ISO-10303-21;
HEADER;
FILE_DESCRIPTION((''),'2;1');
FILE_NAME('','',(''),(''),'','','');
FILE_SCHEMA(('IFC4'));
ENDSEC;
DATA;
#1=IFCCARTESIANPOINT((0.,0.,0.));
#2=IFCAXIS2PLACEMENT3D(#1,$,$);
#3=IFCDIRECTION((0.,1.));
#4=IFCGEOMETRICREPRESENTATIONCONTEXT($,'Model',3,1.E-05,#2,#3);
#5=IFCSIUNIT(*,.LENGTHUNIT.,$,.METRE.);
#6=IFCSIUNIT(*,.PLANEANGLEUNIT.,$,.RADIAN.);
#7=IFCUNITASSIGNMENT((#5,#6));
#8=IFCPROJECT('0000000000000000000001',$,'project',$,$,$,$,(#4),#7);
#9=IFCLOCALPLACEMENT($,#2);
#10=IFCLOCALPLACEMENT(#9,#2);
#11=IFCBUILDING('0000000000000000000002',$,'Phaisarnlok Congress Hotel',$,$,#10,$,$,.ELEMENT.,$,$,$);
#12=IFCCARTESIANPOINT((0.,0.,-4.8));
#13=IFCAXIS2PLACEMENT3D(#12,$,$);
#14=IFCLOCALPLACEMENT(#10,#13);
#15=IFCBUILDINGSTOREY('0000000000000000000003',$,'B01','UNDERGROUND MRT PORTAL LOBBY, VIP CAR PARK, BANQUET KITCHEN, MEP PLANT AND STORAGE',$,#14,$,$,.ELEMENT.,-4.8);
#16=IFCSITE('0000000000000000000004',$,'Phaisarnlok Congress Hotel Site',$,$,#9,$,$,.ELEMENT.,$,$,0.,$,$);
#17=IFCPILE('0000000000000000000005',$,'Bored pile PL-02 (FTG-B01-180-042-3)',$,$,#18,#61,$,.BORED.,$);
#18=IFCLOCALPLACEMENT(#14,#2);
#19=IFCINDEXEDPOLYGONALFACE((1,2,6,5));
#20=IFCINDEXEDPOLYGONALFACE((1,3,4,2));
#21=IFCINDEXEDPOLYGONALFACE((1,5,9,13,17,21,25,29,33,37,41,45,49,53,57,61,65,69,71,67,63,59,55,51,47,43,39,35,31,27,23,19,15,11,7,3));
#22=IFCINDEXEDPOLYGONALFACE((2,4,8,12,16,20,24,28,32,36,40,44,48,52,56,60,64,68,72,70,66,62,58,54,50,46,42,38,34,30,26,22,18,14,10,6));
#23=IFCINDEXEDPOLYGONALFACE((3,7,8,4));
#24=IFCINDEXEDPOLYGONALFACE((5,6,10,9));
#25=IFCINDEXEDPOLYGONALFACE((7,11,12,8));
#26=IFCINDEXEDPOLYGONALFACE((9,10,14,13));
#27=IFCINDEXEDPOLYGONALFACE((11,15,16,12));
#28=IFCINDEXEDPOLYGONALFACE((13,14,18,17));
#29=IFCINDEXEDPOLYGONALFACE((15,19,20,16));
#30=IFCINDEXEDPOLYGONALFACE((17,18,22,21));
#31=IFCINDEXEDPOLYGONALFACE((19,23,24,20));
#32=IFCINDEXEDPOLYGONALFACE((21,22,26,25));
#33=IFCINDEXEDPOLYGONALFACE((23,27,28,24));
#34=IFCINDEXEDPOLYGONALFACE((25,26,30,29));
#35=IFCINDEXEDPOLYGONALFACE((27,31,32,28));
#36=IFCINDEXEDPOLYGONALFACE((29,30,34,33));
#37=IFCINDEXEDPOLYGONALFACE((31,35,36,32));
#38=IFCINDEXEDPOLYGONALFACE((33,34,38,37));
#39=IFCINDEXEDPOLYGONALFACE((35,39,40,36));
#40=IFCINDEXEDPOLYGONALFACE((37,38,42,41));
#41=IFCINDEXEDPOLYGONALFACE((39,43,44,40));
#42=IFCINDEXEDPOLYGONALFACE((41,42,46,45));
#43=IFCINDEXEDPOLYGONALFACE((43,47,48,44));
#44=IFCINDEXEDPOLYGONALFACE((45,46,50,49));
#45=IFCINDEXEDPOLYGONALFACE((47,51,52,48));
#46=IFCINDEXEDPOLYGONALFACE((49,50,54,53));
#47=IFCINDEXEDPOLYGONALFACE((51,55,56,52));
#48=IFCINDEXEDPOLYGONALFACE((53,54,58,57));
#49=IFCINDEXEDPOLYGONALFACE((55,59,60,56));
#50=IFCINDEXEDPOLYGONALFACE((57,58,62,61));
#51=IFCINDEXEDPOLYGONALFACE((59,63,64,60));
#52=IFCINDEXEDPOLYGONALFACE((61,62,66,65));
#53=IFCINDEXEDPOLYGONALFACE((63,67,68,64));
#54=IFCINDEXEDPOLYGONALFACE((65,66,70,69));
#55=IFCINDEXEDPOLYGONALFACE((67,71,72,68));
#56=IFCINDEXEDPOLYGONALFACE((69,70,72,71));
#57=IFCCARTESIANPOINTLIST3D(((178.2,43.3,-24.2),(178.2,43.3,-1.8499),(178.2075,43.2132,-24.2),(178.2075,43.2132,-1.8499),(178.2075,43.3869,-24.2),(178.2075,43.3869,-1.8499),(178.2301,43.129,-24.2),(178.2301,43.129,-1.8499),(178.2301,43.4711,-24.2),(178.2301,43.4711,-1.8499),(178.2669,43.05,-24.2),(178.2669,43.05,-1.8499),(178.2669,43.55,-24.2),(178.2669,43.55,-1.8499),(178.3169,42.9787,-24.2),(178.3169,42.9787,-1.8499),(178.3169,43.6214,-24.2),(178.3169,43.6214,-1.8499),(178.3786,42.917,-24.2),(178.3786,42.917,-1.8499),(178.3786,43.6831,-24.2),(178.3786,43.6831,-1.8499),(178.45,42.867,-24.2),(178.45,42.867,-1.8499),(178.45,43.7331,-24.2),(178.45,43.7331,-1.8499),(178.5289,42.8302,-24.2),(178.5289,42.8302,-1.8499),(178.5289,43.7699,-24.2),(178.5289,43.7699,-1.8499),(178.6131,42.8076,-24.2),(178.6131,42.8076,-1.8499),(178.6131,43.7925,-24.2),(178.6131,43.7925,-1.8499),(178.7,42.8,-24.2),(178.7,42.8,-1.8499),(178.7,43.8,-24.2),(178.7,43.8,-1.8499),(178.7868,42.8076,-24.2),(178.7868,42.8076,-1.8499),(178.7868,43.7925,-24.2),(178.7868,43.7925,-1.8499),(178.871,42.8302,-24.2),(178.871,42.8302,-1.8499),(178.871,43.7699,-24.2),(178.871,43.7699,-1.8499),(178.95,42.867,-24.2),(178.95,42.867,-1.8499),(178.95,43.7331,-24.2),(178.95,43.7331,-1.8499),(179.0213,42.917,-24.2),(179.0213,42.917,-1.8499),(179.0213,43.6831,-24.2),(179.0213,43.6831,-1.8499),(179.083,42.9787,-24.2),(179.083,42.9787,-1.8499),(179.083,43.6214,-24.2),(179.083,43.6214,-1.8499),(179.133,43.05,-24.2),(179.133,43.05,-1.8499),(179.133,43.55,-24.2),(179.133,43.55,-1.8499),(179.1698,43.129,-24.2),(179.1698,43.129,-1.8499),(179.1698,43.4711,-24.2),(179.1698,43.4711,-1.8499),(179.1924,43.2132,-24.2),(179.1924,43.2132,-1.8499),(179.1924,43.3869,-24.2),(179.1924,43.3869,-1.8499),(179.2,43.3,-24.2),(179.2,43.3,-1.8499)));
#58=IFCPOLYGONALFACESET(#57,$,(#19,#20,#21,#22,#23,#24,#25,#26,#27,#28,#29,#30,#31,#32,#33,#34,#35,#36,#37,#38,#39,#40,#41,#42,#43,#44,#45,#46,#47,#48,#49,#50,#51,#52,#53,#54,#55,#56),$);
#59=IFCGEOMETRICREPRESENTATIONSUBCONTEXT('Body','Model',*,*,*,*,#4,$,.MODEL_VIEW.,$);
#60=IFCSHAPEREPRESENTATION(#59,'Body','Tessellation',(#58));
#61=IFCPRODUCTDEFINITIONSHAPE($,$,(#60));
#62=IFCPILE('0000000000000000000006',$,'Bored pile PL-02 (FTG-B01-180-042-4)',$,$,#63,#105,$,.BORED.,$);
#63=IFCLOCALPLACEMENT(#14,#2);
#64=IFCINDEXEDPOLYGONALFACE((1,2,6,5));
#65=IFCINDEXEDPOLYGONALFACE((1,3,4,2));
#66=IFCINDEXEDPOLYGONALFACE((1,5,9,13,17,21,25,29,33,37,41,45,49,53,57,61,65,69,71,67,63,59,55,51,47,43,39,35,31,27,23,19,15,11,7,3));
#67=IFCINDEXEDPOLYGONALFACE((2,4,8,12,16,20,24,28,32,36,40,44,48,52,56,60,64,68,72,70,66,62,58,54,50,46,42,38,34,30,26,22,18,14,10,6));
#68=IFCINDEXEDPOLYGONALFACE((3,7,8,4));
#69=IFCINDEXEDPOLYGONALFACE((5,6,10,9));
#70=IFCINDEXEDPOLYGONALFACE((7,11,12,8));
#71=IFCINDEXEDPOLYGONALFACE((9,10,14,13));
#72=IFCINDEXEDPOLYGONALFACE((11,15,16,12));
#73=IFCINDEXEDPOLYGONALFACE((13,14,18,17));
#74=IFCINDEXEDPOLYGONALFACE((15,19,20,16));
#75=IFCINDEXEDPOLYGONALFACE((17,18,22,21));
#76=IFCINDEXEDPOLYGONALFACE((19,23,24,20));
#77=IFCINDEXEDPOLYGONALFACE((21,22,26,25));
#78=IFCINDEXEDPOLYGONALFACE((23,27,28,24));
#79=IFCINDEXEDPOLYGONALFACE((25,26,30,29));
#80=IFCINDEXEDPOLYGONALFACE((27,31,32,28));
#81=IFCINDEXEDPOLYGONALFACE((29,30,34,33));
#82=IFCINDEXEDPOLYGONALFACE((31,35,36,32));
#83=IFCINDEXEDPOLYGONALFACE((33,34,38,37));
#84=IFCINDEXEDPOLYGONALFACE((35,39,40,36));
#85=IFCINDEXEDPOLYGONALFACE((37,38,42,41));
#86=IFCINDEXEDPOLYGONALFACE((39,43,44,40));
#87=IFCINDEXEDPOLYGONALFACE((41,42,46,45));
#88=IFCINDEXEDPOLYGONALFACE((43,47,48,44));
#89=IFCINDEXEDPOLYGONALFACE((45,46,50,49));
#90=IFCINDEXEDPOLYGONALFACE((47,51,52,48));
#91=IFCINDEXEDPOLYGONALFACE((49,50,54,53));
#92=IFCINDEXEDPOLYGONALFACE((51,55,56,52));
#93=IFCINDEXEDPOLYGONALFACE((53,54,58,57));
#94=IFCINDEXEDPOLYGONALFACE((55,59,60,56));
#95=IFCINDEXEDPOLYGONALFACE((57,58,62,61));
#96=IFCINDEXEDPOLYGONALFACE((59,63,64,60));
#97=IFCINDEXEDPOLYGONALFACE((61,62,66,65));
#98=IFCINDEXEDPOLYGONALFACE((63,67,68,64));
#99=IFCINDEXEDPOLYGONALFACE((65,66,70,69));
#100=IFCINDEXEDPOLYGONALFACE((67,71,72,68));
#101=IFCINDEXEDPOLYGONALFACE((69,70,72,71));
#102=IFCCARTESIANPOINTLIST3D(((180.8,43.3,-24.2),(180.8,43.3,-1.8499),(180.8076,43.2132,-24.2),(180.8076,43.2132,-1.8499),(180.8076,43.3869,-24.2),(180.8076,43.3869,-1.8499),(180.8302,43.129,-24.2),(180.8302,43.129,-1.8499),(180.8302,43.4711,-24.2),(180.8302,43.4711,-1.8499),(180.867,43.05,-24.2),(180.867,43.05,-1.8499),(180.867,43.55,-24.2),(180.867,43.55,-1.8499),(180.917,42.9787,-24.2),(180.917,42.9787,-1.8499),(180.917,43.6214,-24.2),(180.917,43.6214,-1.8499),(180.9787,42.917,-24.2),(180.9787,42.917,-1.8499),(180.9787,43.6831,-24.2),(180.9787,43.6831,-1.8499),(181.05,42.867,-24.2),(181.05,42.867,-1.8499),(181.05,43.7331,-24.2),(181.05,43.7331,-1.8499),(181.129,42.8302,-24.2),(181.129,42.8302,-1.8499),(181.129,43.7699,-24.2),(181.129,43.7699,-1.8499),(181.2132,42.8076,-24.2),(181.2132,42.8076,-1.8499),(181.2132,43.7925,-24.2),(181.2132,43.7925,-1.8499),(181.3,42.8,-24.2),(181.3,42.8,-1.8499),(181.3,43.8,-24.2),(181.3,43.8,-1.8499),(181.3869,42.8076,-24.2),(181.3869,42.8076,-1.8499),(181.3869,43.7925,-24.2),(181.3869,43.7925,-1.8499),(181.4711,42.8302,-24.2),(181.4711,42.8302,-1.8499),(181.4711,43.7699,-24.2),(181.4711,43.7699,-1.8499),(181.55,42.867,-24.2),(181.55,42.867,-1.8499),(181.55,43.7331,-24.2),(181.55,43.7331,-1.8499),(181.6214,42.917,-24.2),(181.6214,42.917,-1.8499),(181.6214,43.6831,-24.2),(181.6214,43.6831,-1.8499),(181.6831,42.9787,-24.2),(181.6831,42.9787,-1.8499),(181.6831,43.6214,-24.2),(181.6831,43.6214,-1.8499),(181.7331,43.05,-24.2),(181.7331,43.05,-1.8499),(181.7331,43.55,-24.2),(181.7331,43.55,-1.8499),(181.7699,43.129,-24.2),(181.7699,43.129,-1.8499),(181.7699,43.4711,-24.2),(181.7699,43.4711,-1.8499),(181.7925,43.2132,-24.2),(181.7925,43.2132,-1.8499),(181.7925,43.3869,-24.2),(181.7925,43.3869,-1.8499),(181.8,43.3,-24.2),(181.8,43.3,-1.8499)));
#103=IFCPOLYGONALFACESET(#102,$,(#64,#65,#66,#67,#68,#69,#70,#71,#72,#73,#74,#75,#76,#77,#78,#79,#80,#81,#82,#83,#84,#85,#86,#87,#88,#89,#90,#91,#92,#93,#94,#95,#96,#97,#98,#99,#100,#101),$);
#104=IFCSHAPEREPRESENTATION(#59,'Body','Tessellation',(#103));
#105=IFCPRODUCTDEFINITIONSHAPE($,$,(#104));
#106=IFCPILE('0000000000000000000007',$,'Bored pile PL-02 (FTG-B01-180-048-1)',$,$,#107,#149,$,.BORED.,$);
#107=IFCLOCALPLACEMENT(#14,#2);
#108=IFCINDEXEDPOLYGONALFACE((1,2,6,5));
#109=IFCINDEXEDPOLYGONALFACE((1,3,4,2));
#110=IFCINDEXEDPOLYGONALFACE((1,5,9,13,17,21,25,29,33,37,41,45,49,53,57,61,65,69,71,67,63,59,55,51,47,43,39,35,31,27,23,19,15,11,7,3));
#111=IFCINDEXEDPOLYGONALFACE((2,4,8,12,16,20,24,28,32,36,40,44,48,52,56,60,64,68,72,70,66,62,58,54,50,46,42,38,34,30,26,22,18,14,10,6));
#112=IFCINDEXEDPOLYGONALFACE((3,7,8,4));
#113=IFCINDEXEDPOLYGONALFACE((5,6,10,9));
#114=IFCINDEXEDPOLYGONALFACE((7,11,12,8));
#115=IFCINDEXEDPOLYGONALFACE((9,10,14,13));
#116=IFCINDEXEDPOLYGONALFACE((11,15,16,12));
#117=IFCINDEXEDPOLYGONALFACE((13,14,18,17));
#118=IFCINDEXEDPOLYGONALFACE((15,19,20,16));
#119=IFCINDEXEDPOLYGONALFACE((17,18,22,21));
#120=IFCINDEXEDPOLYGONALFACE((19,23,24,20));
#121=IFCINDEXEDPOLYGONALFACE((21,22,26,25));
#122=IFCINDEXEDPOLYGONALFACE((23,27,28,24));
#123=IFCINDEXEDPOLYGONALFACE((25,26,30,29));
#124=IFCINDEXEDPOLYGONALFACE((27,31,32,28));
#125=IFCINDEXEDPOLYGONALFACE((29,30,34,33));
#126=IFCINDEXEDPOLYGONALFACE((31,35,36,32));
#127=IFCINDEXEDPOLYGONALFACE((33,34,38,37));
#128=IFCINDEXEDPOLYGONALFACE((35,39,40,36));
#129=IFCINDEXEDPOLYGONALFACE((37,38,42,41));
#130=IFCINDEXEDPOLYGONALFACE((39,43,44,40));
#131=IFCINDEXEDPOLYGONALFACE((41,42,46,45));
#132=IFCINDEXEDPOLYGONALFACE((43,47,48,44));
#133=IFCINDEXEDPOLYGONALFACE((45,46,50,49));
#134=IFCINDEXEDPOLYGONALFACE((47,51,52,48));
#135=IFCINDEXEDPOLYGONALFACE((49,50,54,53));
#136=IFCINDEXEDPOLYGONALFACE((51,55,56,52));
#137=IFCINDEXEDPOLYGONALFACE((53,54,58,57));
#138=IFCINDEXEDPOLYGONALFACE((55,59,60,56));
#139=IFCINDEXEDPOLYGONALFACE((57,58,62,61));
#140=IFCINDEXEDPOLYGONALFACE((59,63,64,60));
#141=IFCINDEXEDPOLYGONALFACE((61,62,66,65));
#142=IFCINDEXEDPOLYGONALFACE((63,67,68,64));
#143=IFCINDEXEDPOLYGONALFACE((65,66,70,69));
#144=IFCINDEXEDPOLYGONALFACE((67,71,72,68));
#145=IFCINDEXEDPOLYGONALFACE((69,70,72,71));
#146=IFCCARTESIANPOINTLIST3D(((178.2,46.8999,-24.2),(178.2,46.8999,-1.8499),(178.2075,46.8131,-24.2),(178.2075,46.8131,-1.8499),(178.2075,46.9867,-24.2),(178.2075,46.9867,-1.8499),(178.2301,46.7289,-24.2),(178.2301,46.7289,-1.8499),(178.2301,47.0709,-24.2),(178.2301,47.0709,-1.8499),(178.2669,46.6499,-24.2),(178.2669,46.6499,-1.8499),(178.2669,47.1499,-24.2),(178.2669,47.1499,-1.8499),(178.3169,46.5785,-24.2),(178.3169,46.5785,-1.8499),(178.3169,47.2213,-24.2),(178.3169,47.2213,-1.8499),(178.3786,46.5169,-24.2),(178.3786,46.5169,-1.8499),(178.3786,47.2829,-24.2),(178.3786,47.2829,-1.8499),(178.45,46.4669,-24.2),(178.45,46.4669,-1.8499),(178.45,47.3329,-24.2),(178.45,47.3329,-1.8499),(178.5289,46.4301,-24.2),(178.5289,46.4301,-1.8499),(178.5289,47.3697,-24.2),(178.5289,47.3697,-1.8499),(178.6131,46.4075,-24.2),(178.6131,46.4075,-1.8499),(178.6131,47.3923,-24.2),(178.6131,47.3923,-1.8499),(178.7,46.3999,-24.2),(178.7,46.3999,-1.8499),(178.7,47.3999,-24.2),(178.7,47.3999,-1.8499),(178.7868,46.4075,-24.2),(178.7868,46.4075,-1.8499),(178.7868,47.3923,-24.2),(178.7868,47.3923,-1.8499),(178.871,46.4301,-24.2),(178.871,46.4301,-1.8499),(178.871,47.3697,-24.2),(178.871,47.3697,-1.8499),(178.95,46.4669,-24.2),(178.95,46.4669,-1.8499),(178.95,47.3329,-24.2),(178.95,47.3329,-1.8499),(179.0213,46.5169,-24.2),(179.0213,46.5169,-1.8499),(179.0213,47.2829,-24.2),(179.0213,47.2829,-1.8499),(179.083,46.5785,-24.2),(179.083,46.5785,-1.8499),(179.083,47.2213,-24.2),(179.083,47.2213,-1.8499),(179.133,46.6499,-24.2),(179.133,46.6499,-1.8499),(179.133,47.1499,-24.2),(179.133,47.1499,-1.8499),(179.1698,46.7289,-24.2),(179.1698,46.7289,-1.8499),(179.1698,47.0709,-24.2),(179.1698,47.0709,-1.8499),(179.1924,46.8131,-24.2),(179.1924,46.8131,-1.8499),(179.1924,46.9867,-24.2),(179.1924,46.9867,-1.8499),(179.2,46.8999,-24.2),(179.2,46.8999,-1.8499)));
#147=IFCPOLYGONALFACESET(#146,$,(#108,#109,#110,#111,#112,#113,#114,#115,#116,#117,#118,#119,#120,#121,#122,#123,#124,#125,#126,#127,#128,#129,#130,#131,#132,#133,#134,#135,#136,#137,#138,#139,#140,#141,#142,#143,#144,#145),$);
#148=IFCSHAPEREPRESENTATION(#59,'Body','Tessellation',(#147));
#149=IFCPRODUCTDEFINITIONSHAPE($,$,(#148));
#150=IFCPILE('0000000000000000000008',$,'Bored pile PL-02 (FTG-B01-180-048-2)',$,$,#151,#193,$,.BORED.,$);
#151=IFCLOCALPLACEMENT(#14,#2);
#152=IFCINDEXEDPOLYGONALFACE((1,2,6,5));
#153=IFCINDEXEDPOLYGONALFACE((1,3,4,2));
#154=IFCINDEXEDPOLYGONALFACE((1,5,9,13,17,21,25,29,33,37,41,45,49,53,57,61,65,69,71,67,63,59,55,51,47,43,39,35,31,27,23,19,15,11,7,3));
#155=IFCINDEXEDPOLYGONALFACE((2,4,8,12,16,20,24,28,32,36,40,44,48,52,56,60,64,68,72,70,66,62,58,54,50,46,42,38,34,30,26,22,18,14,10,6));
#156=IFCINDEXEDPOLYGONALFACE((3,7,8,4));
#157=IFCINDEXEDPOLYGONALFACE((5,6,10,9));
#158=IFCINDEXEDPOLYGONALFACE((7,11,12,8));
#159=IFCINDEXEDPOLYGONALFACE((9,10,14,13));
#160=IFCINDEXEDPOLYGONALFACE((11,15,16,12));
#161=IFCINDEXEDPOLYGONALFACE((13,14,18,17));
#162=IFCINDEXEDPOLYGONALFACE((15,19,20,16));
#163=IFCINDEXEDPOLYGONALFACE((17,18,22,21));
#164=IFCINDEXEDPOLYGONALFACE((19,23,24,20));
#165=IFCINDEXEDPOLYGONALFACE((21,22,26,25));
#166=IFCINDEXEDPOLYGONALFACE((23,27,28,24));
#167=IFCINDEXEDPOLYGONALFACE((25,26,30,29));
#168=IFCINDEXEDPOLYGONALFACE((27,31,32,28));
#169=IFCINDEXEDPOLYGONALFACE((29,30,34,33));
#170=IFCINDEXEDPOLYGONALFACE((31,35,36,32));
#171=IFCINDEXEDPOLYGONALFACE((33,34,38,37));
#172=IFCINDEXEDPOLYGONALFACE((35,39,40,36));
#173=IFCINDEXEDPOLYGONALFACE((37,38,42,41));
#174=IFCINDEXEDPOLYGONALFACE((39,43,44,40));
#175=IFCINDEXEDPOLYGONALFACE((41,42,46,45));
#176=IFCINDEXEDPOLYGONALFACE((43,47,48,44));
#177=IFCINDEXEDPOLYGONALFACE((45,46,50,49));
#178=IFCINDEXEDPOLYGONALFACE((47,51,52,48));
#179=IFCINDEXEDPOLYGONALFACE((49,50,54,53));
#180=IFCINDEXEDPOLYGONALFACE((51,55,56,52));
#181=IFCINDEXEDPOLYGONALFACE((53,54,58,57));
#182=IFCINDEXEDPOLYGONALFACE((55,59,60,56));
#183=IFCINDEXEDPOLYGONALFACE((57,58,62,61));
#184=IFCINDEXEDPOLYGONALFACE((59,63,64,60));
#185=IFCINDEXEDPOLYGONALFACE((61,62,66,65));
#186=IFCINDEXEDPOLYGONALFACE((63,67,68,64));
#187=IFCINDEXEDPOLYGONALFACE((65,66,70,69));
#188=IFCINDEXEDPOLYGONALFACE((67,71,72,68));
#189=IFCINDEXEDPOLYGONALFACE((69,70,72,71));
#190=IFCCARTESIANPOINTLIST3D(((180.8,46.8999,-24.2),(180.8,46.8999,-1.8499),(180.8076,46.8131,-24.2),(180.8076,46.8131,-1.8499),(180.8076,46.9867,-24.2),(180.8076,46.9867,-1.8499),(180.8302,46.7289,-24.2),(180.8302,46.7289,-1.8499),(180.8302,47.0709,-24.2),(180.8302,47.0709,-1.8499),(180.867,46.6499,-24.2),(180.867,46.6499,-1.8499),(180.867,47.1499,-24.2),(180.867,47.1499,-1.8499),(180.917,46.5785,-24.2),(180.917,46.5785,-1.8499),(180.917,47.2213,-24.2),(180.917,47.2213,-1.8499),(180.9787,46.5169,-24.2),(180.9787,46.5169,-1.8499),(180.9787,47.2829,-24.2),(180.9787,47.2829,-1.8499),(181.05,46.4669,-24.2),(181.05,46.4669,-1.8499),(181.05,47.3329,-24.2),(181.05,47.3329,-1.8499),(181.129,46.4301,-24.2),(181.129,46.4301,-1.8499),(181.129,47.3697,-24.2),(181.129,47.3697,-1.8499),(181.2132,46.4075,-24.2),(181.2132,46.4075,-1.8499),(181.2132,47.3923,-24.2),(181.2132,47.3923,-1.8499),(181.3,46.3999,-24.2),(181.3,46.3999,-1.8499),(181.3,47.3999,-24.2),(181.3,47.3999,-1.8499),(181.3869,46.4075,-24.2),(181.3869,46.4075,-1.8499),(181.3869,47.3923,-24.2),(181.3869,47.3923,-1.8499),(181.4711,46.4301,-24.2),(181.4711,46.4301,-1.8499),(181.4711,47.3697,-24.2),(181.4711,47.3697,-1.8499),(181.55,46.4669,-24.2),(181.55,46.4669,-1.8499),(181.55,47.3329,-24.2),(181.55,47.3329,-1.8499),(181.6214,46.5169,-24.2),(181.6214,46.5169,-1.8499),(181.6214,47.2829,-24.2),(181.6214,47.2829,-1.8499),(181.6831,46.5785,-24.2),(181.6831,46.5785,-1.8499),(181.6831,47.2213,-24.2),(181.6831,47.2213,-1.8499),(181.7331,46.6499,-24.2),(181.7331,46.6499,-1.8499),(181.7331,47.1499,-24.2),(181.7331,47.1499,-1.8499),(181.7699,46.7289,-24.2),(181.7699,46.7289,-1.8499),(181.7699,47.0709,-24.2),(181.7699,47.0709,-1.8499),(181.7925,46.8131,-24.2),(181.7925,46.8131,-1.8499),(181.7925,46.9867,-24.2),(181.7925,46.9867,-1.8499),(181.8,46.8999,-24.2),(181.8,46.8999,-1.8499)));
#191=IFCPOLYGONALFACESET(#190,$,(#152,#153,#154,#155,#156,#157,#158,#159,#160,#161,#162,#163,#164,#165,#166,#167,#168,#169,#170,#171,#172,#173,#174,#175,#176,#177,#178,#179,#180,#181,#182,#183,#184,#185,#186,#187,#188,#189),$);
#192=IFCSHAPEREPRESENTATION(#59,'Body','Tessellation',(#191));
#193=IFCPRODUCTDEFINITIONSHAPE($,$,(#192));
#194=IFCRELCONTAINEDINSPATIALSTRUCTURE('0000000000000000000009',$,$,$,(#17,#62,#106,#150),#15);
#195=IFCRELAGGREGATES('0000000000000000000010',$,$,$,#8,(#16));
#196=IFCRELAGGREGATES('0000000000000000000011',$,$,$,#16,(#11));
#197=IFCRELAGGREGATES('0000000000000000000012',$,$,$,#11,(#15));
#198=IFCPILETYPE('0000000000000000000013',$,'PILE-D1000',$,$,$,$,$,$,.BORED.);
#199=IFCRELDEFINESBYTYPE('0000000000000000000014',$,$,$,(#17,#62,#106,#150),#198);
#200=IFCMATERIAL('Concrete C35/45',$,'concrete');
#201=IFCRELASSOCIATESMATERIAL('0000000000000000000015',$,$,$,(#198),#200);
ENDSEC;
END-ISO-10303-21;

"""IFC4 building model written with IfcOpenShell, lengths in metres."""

from ifc_helpers import new_model, si_unit, direction, frame, origin, origin_2d, place, context, subcontext, project, spatial, circle, extrude, material, material_profile, profile_set, type_object, element, save


model = new_model("IFC4")

# Units and contexts
model_context = context("Model", 3, precision=1e-05, world=origin(), true_north=direction((0.0, 1.0)))
body_context = subcontext(model_context, "Body", "Model", "MODEL_VIEW")
ifc_project = project(units=[si_unit("LENGTHUNIT", "METRE"), si_unit("PLANEANGLEUNIT", "RADIAN")], contexts=[model_context])

# Site, building, storey
site_placement = place(None, origin())
site = spatial("IfcSite", under=ifc_project, at=site_placement, Name="Phaisarnlok Congress Hotel Site", CompositionType="ELEMENT", RefElevation=0.0)
building_placement = place(site_placement, origin())
building = spatial("IfcBuilding", under=site, at=building_placement, Name="Phaisarnlok Congress Hotel", CompositionType="ELEMENT")
storey_placement = place(building_placement, frame((0.0, 0.0, -4.8)))
storey = spatial("IfcBuildingStorey", under=building, at=storey_placement, Name="B01", Description="UNDERGROUND MRT PORTAL LOBBY, VIP CAR PARK, BANQUET KITCHEN, MEP PLANT AND STORAGE", CompositionType="ELEMENT", Elevation=-4.8)

# Piles
ifc_material_1 = material(Name="Concrete C35/45", Category="concrete")
ifc_material_profile_1 = material_profile(ifc_material_1, circle(Radius=0.5, at=origin_2d()), Name="BORED PILE D1000")
ifc_profile_set_1 = profile_set([ifc_material_profile_1], Name="Concrete C35/45")
pile_type_1 = type_object("IfcPileType", Name="PILE-D1000", PredefinedType="BORED", material=ifc_profile_set_1)
for number, where, z_axis, x_axis, name in (
    (1, (178.7, 43.3, -1.8499), (0.0, 0.0, -1.0), (1.0, 0.0, 0.0), "Bored pile PL-02 (FTG-B01-180-042-3)"),
    (2, (181.3, 43.3, -1.8499), (0.0, 0.0, -1.0), (1.0, 0.0, 0.0), "Bored pile PL-02 (FTG-B01-180-042-4)"),
    (3, (178.7, 46.8999, -1.8499), (0.0, 0.0, -1.0), (1.0, 0.0, 0.0), "Bored pile PL-02 (FTG-B01-180-048-1)"),
    (4, (181.3, 46.8999, -1.8499), (0.0, 0.0, -1.0), (1.0, 0.0, 0.0), "Bored pile PL-02 (FTG-B01-180-048-2)"),
):
    element("IfcPile", number, at=place(storey_placement, frame(where, z_axis=z_axis, x_axis=x_axis)), inside=storey, type_object=pile_type_1, Name=name, PredefinedType="BORED", context=body_context, shape_type="SweptSolid", body=[
        extrude(circle(Radius=0.5, at=origin_2d()), origin(), (0.0, 0.0, 1.0), 22.3501),
    ])

save(model, "model.ifc")
